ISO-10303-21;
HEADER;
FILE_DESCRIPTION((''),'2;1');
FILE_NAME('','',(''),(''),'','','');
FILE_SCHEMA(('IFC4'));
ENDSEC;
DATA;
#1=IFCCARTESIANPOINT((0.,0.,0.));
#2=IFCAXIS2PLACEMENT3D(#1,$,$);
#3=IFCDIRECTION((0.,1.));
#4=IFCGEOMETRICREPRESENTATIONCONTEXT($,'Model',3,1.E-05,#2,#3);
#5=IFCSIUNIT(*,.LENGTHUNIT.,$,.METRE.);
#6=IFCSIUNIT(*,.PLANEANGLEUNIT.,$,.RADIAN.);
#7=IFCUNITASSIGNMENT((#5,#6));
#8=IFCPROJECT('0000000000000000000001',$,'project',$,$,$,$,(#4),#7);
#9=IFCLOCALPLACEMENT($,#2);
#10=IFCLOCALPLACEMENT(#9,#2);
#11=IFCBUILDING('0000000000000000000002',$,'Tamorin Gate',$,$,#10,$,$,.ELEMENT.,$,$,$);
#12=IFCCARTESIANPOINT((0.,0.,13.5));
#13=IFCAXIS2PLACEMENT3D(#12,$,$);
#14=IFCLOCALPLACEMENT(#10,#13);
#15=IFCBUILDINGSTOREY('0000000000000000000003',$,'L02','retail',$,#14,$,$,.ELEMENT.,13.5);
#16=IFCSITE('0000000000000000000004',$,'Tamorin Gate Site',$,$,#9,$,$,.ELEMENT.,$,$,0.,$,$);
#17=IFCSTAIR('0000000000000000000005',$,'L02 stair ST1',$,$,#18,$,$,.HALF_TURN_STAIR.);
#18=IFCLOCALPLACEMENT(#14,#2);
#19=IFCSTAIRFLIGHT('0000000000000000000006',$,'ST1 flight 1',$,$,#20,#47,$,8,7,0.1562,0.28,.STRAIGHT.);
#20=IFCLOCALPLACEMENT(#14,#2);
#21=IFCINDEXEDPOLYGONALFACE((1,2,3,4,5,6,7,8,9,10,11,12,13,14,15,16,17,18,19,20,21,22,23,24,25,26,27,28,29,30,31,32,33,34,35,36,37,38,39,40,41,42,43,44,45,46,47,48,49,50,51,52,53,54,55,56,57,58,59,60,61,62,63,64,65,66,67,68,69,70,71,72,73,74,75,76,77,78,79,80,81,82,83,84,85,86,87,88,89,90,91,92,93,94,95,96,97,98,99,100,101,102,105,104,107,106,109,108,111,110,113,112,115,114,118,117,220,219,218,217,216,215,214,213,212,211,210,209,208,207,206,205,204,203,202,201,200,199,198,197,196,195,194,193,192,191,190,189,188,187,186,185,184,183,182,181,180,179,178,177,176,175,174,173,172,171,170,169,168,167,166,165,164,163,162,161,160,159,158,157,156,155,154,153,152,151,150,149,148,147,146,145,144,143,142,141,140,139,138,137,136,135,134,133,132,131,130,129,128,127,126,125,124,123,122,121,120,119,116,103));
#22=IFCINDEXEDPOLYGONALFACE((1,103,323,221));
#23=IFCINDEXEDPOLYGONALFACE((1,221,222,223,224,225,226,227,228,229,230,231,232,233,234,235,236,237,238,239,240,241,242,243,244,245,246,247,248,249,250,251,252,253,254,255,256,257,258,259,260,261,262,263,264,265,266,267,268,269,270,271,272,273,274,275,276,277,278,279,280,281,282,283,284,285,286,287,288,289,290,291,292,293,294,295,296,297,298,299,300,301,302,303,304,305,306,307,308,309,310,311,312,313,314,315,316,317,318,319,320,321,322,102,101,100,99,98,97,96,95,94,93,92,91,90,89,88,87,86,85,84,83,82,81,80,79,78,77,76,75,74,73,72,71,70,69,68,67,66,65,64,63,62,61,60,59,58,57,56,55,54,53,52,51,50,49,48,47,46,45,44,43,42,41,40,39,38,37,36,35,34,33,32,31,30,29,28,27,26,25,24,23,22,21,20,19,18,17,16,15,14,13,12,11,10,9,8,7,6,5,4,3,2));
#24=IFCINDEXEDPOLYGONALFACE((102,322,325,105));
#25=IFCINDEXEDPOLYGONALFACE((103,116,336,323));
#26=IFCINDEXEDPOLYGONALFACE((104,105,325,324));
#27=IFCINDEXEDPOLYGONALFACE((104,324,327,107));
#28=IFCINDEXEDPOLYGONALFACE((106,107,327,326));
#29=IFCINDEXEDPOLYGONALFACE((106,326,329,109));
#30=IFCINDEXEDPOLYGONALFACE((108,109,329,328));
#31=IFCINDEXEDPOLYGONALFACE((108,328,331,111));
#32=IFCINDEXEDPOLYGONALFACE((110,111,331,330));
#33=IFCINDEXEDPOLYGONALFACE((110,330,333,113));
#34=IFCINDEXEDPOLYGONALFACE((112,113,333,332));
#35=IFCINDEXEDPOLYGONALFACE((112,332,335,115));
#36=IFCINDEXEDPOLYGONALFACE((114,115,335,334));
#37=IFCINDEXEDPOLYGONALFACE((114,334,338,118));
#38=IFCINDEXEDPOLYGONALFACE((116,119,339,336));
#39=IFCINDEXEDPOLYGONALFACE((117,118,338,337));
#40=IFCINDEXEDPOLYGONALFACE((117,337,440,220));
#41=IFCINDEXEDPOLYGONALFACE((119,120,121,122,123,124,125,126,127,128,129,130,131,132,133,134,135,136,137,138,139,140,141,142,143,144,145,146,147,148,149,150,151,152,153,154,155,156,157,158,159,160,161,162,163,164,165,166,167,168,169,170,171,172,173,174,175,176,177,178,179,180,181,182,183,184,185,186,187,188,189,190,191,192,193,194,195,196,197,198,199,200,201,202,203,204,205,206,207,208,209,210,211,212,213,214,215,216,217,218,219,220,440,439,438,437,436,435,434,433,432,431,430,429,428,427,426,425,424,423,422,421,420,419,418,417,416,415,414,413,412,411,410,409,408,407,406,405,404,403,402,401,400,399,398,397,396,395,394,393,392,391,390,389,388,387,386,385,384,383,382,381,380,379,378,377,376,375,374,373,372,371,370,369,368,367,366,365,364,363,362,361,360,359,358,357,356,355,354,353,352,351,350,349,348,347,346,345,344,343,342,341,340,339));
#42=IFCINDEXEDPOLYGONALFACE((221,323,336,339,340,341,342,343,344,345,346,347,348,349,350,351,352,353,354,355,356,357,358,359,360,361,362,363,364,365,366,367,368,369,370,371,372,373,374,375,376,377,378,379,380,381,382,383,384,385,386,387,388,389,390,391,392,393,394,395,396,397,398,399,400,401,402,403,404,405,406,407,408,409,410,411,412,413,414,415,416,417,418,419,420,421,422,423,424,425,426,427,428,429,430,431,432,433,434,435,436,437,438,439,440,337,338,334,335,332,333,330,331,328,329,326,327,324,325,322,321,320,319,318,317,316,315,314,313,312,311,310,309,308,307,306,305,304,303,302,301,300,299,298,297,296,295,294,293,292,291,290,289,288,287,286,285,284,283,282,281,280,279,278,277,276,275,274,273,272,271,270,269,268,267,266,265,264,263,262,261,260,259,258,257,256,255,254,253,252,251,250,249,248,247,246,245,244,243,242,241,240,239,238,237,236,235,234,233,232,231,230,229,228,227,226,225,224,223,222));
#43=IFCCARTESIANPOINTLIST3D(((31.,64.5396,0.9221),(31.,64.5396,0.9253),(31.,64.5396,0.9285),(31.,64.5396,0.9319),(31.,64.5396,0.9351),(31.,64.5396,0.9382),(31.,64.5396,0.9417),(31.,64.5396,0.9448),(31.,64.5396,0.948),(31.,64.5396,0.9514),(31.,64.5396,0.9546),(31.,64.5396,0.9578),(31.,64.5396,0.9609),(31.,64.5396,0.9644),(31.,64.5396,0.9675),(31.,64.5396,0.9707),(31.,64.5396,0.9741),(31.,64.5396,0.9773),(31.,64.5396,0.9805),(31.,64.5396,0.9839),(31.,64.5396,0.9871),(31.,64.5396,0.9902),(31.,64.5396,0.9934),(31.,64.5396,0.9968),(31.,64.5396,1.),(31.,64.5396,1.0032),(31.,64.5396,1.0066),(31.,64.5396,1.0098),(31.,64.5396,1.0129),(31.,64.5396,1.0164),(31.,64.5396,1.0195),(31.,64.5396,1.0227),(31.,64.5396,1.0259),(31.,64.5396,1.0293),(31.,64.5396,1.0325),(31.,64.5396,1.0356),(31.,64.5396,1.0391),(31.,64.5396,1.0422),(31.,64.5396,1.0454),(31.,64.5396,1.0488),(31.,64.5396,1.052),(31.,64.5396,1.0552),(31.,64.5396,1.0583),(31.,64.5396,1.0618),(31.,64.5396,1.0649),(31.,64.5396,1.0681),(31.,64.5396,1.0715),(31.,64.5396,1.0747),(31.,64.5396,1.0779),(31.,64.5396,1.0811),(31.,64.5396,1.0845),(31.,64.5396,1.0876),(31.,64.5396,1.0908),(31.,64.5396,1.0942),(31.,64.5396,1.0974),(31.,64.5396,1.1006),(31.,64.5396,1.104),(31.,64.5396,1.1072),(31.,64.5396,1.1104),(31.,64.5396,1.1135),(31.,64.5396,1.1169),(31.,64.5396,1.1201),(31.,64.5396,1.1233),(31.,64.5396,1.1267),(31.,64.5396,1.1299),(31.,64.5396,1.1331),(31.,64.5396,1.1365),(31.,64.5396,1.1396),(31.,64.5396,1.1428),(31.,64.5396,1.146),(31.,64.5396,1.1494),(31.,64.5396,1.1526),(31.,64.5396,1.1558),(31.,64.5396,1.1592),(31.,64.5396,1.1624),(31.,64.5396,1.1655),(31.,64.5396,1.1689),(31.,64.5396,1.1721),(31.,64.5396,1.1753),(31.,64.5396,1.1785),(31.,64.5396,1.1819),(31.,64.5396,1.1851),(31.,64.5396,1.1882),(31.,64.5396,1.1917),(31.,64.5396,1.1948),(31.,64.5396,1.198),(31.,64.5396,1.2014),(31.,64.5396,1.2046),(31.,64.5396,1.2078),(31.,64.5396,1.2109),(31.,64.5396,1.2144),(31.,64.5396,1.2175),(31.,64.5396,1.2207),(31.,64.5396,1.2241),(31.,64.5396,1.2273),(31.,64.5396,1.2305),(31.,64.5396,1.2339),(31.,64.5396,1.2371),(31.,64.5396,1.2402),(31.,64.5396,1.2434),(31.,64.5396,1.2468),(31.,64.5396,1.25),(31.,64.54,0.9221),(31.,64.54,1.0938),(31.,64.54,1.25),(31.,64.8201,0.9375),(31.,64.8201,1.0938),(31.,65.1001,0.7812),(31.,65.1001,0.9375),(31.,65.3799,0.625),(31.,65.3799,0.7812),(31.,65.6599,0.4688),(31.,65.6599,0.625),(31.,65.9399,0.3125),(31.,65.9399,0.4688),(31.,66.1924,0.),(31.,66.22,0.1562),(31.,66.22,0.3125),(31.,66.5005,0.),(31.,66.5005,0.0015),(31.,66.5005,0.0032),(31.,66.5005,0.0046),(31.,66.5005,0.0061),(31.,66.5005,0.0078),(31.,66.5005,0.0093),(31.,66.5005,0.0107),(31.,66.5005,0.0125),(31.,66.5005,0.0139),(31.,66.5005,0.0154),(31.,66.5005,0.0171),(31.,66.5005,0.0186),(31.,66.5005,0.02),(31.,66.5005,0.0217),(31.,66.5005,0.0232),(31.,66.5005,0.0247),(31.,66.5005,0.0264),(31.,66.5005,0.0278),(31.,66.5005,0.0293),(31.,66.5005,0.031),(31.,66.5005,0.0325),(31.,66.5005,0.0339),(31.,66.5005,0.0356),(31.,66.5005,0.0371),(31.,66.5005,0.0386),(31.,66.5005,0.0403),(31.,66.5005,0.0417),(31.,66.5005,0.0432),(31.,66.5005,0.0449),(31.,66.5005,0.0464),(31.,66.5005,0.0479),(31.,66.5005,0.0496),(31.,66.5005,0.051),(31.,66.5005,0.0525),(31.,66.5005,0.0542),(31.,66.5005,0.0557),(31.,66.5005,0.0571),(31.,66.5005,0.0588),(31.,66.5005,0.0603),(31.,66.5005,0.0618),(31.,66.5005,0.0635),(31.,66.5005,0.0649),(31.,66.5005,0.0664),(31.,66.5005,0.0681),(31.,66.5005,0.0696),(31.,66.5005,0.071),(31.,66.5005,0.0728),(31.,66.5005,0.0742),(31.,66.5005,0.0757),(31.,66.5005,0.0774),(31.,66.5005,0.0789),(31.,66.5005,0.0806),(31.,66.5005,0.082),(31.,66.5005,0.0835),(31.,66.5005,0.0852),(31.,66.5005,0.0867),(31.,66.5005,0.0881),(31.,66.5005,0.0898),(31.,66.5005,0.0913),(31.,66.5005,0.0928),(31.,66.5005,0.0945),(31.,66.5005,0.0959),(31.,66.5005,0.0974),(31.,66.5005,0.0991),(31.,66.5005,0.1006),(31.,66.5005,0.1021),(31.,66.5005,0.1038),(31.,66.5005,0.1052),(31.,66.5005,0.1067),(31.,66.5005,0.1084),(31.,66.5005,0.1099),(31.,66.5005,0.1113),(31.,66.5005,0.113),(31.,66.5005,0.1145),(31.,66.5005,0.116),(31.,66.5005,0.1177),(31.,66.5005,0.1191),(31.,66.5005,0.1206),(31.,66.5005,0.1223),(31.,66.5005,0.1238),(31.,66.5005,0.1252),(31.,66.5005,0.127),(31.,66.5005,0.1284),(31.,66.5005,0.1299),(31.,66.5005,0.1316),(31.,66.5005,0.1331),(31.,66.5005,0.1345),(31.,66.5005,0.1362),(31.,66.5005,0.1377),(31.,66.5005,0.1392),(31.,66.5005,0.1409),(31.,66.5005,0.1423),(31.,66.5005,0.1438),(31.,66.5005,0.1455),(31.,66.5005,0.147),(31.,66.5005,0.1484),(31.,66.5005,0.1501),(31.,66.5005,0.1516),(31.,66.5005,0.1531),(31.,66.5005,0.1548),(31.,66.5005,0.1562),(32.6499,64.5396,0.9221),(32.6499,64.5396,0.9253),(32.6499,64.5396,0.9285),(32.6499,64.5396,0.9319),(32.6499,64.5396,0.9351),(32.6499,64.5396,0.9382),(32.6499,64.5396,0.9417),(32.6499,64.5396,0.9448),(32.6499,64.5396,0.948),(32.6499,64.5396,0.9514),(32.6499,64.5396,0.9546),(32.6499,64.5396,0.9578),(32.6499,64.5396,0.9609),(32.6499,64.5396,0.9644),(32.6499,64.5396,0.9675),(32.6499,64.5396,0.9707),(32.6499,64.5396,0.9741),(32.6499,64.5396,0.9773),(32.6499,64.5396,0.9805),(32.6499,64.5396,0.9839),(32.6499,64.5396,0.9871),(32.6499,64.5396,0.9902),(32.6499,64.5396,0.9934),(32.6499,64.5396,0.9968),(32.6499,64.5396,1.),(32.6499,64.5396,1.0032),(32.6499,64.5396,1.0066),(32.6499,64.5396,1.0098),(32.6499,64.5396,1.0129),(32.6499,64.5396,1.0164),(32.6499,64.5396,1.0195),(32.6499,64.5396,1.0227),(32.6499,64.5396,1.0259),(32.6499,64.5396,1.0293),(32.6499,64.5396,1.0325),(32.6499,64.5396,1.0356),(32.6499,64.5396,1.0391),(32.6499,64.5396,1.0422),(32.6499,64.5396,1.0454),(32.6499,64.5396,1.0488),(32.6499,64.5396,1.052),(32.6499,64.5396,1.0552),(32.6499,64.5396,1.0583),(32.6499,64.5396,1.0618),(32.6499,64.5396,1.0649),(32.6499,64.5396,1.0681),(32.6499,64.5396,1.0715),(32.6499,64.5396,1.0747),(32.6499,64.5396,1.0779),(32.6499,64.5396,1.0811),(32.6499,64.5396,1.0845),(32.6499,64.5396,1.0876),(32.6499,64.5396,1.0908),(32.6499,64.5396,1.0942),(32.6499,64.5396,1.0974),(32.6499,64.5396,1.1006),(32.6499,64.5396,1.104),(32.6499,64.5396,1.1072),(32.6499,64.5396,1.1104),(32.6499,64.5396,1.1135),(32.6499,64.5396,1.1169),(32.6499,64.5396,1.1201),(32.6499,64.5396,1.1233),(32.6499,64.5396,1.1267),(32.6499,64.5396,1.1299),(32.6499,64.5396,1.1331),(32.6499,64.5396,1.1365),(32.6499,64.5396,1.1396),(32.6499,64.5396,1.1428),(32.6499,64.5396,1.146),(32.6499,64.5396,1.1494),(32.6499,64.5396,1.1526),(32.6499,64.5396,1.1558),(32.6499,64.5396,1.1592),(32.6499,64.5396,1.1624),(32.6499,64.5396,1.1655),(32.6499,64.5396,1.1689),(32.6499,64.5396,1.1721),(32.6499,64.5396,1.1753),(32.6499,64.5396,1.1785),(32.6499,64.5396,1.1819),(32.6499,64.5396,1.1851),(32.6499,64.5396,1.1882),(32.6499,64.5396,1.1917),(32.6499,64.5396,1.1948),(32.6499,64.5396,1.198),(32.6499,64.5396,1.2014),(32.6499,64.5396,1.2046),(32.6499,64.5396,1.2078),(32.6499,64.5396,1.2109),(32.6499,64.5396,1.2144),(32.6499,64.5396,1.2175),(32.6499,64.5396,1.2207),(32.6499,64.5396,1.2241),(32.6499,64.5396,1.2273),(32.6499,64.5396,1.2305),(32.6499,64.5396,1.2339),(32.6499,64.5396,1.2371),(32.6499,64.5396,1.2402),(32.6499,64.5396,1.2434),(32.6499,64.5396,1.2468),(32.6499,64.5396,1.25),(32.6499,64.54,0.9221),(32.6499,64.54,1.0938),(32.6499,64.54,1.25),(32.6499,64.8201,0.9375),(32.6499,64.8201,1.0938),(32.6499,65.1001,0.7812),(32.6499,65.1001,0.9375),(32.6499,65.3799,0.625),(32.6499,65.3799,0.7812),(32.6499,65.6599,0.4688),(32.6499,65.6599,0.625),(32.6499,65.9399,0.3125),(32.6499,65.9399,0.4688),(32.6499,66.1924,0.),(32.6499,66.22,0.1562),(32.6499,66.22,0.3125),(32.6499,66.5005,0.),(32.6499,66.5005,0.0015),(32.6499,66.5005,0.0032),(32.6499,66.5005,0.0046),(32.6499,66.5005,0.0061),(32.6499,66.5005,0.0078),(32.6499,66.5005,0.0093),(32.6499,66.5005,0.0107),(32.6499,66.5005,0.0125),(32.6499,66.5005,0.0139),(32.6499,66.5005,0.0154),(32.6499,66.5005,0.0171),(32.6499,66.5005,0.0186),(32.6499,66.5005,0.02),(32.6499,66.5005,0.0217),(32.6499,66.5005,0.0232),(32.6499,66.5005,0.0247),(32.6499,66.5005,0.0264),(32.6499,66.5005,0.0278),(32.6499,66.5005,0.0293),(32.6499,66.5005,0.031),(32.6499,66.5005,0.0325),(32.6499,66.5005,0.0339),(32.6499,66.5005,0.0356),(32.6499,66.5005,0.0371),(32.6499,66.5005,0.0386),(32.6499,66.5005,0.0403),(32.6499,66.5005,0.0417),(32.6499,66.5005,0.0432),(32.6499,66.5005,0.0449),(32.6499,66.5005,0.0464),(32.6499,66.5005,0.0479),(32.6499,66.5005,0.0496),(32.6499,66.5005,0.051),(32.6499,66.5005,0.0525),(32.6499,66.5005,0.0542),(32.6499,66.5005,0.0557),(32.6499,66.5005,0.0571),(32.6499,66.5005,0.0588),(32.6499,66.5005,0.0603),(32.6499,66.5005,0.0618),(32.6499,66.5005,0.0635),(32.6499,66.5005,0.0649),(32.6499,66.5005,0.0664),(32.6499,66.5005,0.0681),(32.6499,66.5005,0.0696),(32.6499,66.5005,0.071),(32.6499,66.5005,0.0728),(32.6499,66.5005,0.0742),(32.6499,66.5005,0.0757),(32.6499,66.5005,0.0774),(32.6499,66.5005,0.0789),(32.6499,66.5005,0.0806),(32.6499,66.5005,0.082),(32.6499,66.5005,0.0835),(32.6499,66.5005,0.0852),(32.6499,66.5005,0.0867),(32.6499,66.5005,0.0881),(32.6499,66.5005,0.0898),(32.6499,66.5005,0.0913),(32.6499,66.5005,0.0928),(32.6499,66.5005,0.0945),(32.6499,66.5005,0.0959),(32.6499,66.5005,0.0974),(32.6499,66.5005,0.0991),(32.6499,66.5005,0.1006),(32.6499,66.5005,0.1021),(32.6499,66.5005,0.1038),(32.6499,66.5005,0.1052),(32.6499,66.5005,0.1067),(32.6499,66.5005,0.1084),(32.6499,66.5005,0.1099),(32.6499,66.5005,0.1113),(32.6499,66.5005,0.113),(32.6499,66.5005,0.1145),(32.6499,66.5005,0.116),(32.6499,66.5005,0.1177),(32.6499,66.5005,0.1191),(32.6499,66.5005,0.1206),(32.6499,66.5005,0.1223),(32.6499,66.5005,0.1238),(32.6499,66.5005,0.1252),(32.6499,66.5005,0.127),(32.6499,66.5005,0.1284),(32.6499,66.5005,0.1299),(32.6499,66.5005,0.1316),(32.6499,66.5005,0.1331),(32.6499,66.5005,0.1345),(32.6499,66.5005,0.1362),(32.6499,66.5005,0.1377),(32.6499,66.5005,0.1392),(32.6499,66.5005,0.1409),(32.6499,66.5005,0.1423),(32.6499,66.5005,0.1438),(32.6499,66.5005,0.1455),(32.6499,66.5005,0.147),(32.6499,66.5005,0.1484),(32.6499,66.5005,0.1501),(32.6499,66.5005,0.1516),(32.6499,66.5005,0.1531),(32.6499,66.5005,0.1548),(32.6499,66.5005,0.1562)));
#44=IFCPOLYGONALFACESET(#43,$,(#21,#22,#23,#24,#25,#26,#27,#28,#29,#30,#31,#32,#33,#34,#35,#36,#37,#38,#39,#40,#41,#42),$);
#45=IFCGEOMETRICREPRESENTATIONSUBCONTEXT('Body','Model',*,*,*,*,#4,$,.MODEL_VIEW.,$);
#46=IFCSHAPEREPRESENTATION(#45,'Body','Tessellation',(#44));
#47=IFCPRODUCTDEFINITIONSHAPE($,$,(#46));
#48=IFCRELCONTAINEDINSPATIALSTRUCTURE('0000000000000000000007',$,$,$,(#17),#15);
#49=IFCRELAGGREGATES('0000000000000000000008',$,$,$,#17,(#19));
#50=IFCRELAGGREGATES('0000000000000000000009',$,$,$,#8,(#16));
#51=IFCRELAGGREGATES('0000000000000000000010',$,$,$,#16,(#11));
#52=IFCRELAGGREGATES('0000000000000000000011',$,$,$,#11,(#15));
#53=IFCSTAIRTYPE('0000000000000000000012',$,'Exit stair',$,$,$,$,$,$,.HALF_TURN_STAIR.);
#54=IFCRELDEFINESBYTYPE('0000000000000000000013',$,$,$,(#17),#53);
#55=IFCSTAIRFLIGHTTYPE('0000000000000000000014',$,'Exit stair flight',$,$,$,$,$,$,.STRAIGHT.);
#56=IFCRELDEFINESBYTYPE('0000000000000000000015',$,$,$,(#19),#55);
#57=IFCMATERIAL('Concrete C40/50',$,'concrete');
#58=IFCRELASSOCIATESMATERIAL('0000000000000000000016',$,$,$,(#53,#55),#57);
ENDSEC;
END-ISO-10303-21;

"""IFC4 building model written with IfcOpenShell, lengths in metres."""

from ifc_helpers import new_model, si_unit, direction, frame, origin, place, context, subcontext, project, spatial, polyline, outline, extrude, material, type_object, element, aggregate, save


model = new_model("IFC4")

# Units and contexts
model_context = context("Model", 3, precision=1e-05, world=origin(), true_north=direction((0.0, 1.0)))
body_context = subcontext(model_context, "Body", "Model", "MODEL_VIEW")
ifc_project = project(units=[si_unit("LENGTHUNIT", "METRE"), si_unit("PLANEANGLEUNIT", "RADIAN")], contexts=[model_context])

# Site, building, storey
site_placement = place(None, origin())
site = spatial("IfcSite", under=ifc_project, at=site_placement, Name="Tamorin Gate Site", CompositionType="ELEMENT", RefElevation=0.0)
building_placement = place(site_placement, origin())
building = spatial("IfcBuilding", under=site, at=building_placement, Name="Tamorin Gate", CompositionType="ELEMENT")
storey_placement = place(building_placement, frame((0.0, 0.0, 13.5)))
storey = spatial("IfcBuildingStorey", under=building, at=storey_placement, Name="L02", Description="retail", CompositionType="ELEMENT", Elevation=13.5)

# Shared definitions
ifc_material_1 = material(Name="Concrete C40/50", Category="concrete")

# Stair, stair flight
stair_type = type_object("IfcStairType", Name="Exit stair", PredefinedType="HALF_TURN_STAIR", material=ifc_material_1)
stair_placement = place(storey_placement, origin())
stair = element("IfcStair", 1, at=stair_placement, inside=storey, type_object=stair_type, Name="L02 stair ST1", PredefinedType="HALF_TURN_STAIR")
stair_flight_type = type_object("IfcStairFlightType", Name="Exit stair flight", PredefinedType="STRAIGHT", material=ifc_material_1)
stair_flight_1_placement = place(storey_placement, frame((31.825, 66.5, 0.0), z_axis=(0.0, 0.0, 1.0), x_axis=(0.0, -1.0, 0.0)))
stair_flight_1 = element("IfcStairFlight", 2, at=stair_flight_1_placement, type_object=stair_flight_type, Name="ST1 flight 1", NumberOfRisers=8, NumberOfTreads=7, PredefinedType="STRAIGHT", RiserHeight=0.1562, TreadLength=0.28, context=body_context, shape_type="SweptSolid", body=[
    extrude(outline(polyline([(-0.0005, 0.0), (-0.0005, 0.0015), (-0.0005, 0.0032), (-0.0005, 0.0046), (-0.0005, 0.0061), (-0.0005, 0.0078), (-0.0005, 0.0093), (-0.0005, 0.0107), (-0.0005, 0.0125), (-0.0005, 0.0139), (-0.0005, 0.0154), (-0.0005, 0.0171), (-0.0005, 0.0186), (-0.0005, 0.02), (-0.0005, 0.0217), (-0.0005, 0.0232), (-0.0005, 0.0247), (-0.0005, 0.0264), (-0.0005, 0.0278), (-0.0005, 0.0293), (-0.0005, 0.031), (-0.0005, 0.0325), (-0.0005, 0.0339), (-0.0005, 0.0356), (-0.0005, 0.0371), (-0.0005, 0.0386), (-0.0005, 0.0403), (-0.0005, 0.0417), (-0.0005, 0.0432), (-0.0005, 0.0449), (-0.0005, 0.0464), (-0.0005, 0.0479), (-0.0005, 0.0496), (-0.0005, 0.051), (-0.0005, 0.0525), (-0.0005, 0.0542), (-0.0005, 0.0557), (-0.0005, 0.0571), (-0.0005, 0.0588), (-0.0005, 0.0603), (-0.0005, 0.0618), (-0.0005, 0.0635), (-0.0005, 0.0649), (-0.0005, 0.0664), (-0.0005, 0.0681), (-0.0005, 0.0696), (-0.0005, 0.071), (-0.0005, 0.0728), (-0.0005, 0.0742), (-0.0005, 0.0757), (-0.0005, 0.0774), (-0.0005, 0.0789), (-0.0005, 0.0806), (-0.0005, 0.082), (-0.0005, 0.0835), (-0.0005, 0.0852), (-0.0005, 0.0867), (-0.0005, 0.0881), (-0.0005, 0.0898), (-0.0005, 0.0913), (-0.0005, 0.0928), (-0.0005, 0.0945), (-0.0005, 0.0959), (-0.0005, 0.0974), (-0.0005, 0.0991), (-0.0005, 0.1006), (-0.0005, 0.1021), (-0.0005, 0.1038), (-0.0005, 0.1052), (-0.0005, 0.1067), (-0.0005, 0.1084), (-0.0005, 0.1099), (-0.0005, 0.1113), (-0.0005, 0.113), (-0.0005, 0.1145), (-0.0005, 0.116), (-0.0005, 0.1177), (-0.0005, 0.1191), (-0.0005, 0.1206), (-0.0005, 0.1223), (-0.0005, 0.1238), (-0.0005, 0.1252), (-0.0005, 0.127), (-0.0005, 0.1284), (-0.0005, 0.1299), (-0.0005, 0.1316), (-0.0005, 0.1331), (-0.0005, 0.1345), (-0.0005, 0.1362), (-0.0005, 0.1377), (-0.0005, 0.1392), (-0.0005, 0.1409), (-0.0005, 0.1423), (-0.0005, 0.1438), (-0.0005, 0.1455), (-0.0005, 0.147), (-0.0005, 0.1484), (-0.0005, 0.1501), (-0.0005, 0.1516), (-0.0005, 0.1531), (-0.0005, 0.1548), (-0.0005, 0.1562), (0.28, 0.1562), (0.28, 0.3125), (0.5601, 0.3125), (0.5601, 0.4688), (0.8401, 0.4688), (0.8401, 0.625), (1.1201, 0.625), (1.1201, 0.7812), (1.3999, 0.7812), (1.3999, 0.9375), (1.6799, 0.9375), (1.6799, 1.0938), (1.96, 1.0938), (1.96, 1.25), (1.9604, 1.25), (1.9604, 1.2468), (1.9604, 1.2434), (1.9604, 1.2402), (1.9604, 1.2371), (1.9604, 1.2339), (1.9604, 1.2305), (1.9604, 1.2273), (1.9604, 1.2241), (1.9604, 1.2207), (1.9604, 1.2175), (1.9604, 1.2144), (1.9604, 1.2109), (1.9604, 1.2078), (1.9604, 1.2046), (1.9604, 1.2014), (1.9604, 1.198), (1.9604, 1.1948), (1.9604, 1.1917), (1.9604, 1.1882), (1.9604, 1.1851), (1.9604, 1.1819), (1.9604, 1.1785), (1.9604, 1.1753), (1.9604, 1.1721), (1.9604, 1.1689), (1.9604, 1.1655), (1.9604, 1.1624), (1.9604, 1.1592), (1.9604, 1.1558), (1.9604, 1.1526), (1.9604, 1.1494), (1.9604, 1.146), (1.9604, 1.1428), (1.9604, 1.1396), (1.9604, 1.1365), (1.9604, 1.1331), (1.9604, 1.1299), (1.9604, 1.1267), (1.9604, 1.1233), (1.9604, 1.1201), (1.9604, 1.1169), (1.9604, 1.1135), (1.9604, 1.1104), (1.9604, 1.1072), (1.9604, 1.104), (1.9604, 1.1006), (1.9604, 1.0974), (1.9604, 1.0942), (1.9604, 1.0908), (1.9604, 1.0876), (1.9604, 1.0845), (1.9604, 1.0811), (1.9604, 1.0779), (1.9604, 1.0747), (1.9604, 1.0715), (1.9604, 1.0681), (1.9604, 1.0649), (1.9604, 1.0618), (1.9604, 1.0583), (1.9604, 1.0552), (1.9604, 1.052), (1.9604, 1.0488), (1.9604, 1.0454), (1.9604, 1.0422), (1.9604, 1.0391), (1.9604, 1.0356), (1.9604, 1.0325), (1.9604, 1.0293), (1.9604, 1.0259), (1.9604, 1.0227), (1.9604, 1.0195), (1.9604, 1.0164), (1.9604, 1.0129), (1.9604, 1.0098), (1.9604, 1.0066), (1.9604, 1.0032), (1.9604, 1.0), (1.9604, 0.9968), (1.9604, 0.9934), (1.9604, 0.9902), (1.9604, 0.9871), (1.9604, 0.9839), (1.9604, 0.9805), (1.9604, 0.9773), (1.9604, 0.9741), (1.9604, 0.9707), (1.9604, 0.9675), (1.9604, 0.9644), (1.9604, 0.9609), (1.9604, 0.9578), (1.9604, 0.9546), (1.9604, 0.9514), (1.9604, 0.948), (1.9604, 0.9448), (1.9604, 0.9417), (1.9604, 0.9382), (1.9604, 0.9351), (1.9604, 0.9319), (1.9604, 0.9285), (1.9604, 0.9253), (1.9604, 0.9221), (1.96, 0.9221), (0.3076, 0.0), (-0.0005, 0.0)])), frame((0.0, 0.825, 0.0), z_axis=(0.0, -1.0, 0.0), x_axis=(1.0, 0.0, 0.0)), (0.0, 0.0, 1.0), 1.6499),
])
aggregate(stair, [stair_flight_1])

save(model, "model.ifc")
